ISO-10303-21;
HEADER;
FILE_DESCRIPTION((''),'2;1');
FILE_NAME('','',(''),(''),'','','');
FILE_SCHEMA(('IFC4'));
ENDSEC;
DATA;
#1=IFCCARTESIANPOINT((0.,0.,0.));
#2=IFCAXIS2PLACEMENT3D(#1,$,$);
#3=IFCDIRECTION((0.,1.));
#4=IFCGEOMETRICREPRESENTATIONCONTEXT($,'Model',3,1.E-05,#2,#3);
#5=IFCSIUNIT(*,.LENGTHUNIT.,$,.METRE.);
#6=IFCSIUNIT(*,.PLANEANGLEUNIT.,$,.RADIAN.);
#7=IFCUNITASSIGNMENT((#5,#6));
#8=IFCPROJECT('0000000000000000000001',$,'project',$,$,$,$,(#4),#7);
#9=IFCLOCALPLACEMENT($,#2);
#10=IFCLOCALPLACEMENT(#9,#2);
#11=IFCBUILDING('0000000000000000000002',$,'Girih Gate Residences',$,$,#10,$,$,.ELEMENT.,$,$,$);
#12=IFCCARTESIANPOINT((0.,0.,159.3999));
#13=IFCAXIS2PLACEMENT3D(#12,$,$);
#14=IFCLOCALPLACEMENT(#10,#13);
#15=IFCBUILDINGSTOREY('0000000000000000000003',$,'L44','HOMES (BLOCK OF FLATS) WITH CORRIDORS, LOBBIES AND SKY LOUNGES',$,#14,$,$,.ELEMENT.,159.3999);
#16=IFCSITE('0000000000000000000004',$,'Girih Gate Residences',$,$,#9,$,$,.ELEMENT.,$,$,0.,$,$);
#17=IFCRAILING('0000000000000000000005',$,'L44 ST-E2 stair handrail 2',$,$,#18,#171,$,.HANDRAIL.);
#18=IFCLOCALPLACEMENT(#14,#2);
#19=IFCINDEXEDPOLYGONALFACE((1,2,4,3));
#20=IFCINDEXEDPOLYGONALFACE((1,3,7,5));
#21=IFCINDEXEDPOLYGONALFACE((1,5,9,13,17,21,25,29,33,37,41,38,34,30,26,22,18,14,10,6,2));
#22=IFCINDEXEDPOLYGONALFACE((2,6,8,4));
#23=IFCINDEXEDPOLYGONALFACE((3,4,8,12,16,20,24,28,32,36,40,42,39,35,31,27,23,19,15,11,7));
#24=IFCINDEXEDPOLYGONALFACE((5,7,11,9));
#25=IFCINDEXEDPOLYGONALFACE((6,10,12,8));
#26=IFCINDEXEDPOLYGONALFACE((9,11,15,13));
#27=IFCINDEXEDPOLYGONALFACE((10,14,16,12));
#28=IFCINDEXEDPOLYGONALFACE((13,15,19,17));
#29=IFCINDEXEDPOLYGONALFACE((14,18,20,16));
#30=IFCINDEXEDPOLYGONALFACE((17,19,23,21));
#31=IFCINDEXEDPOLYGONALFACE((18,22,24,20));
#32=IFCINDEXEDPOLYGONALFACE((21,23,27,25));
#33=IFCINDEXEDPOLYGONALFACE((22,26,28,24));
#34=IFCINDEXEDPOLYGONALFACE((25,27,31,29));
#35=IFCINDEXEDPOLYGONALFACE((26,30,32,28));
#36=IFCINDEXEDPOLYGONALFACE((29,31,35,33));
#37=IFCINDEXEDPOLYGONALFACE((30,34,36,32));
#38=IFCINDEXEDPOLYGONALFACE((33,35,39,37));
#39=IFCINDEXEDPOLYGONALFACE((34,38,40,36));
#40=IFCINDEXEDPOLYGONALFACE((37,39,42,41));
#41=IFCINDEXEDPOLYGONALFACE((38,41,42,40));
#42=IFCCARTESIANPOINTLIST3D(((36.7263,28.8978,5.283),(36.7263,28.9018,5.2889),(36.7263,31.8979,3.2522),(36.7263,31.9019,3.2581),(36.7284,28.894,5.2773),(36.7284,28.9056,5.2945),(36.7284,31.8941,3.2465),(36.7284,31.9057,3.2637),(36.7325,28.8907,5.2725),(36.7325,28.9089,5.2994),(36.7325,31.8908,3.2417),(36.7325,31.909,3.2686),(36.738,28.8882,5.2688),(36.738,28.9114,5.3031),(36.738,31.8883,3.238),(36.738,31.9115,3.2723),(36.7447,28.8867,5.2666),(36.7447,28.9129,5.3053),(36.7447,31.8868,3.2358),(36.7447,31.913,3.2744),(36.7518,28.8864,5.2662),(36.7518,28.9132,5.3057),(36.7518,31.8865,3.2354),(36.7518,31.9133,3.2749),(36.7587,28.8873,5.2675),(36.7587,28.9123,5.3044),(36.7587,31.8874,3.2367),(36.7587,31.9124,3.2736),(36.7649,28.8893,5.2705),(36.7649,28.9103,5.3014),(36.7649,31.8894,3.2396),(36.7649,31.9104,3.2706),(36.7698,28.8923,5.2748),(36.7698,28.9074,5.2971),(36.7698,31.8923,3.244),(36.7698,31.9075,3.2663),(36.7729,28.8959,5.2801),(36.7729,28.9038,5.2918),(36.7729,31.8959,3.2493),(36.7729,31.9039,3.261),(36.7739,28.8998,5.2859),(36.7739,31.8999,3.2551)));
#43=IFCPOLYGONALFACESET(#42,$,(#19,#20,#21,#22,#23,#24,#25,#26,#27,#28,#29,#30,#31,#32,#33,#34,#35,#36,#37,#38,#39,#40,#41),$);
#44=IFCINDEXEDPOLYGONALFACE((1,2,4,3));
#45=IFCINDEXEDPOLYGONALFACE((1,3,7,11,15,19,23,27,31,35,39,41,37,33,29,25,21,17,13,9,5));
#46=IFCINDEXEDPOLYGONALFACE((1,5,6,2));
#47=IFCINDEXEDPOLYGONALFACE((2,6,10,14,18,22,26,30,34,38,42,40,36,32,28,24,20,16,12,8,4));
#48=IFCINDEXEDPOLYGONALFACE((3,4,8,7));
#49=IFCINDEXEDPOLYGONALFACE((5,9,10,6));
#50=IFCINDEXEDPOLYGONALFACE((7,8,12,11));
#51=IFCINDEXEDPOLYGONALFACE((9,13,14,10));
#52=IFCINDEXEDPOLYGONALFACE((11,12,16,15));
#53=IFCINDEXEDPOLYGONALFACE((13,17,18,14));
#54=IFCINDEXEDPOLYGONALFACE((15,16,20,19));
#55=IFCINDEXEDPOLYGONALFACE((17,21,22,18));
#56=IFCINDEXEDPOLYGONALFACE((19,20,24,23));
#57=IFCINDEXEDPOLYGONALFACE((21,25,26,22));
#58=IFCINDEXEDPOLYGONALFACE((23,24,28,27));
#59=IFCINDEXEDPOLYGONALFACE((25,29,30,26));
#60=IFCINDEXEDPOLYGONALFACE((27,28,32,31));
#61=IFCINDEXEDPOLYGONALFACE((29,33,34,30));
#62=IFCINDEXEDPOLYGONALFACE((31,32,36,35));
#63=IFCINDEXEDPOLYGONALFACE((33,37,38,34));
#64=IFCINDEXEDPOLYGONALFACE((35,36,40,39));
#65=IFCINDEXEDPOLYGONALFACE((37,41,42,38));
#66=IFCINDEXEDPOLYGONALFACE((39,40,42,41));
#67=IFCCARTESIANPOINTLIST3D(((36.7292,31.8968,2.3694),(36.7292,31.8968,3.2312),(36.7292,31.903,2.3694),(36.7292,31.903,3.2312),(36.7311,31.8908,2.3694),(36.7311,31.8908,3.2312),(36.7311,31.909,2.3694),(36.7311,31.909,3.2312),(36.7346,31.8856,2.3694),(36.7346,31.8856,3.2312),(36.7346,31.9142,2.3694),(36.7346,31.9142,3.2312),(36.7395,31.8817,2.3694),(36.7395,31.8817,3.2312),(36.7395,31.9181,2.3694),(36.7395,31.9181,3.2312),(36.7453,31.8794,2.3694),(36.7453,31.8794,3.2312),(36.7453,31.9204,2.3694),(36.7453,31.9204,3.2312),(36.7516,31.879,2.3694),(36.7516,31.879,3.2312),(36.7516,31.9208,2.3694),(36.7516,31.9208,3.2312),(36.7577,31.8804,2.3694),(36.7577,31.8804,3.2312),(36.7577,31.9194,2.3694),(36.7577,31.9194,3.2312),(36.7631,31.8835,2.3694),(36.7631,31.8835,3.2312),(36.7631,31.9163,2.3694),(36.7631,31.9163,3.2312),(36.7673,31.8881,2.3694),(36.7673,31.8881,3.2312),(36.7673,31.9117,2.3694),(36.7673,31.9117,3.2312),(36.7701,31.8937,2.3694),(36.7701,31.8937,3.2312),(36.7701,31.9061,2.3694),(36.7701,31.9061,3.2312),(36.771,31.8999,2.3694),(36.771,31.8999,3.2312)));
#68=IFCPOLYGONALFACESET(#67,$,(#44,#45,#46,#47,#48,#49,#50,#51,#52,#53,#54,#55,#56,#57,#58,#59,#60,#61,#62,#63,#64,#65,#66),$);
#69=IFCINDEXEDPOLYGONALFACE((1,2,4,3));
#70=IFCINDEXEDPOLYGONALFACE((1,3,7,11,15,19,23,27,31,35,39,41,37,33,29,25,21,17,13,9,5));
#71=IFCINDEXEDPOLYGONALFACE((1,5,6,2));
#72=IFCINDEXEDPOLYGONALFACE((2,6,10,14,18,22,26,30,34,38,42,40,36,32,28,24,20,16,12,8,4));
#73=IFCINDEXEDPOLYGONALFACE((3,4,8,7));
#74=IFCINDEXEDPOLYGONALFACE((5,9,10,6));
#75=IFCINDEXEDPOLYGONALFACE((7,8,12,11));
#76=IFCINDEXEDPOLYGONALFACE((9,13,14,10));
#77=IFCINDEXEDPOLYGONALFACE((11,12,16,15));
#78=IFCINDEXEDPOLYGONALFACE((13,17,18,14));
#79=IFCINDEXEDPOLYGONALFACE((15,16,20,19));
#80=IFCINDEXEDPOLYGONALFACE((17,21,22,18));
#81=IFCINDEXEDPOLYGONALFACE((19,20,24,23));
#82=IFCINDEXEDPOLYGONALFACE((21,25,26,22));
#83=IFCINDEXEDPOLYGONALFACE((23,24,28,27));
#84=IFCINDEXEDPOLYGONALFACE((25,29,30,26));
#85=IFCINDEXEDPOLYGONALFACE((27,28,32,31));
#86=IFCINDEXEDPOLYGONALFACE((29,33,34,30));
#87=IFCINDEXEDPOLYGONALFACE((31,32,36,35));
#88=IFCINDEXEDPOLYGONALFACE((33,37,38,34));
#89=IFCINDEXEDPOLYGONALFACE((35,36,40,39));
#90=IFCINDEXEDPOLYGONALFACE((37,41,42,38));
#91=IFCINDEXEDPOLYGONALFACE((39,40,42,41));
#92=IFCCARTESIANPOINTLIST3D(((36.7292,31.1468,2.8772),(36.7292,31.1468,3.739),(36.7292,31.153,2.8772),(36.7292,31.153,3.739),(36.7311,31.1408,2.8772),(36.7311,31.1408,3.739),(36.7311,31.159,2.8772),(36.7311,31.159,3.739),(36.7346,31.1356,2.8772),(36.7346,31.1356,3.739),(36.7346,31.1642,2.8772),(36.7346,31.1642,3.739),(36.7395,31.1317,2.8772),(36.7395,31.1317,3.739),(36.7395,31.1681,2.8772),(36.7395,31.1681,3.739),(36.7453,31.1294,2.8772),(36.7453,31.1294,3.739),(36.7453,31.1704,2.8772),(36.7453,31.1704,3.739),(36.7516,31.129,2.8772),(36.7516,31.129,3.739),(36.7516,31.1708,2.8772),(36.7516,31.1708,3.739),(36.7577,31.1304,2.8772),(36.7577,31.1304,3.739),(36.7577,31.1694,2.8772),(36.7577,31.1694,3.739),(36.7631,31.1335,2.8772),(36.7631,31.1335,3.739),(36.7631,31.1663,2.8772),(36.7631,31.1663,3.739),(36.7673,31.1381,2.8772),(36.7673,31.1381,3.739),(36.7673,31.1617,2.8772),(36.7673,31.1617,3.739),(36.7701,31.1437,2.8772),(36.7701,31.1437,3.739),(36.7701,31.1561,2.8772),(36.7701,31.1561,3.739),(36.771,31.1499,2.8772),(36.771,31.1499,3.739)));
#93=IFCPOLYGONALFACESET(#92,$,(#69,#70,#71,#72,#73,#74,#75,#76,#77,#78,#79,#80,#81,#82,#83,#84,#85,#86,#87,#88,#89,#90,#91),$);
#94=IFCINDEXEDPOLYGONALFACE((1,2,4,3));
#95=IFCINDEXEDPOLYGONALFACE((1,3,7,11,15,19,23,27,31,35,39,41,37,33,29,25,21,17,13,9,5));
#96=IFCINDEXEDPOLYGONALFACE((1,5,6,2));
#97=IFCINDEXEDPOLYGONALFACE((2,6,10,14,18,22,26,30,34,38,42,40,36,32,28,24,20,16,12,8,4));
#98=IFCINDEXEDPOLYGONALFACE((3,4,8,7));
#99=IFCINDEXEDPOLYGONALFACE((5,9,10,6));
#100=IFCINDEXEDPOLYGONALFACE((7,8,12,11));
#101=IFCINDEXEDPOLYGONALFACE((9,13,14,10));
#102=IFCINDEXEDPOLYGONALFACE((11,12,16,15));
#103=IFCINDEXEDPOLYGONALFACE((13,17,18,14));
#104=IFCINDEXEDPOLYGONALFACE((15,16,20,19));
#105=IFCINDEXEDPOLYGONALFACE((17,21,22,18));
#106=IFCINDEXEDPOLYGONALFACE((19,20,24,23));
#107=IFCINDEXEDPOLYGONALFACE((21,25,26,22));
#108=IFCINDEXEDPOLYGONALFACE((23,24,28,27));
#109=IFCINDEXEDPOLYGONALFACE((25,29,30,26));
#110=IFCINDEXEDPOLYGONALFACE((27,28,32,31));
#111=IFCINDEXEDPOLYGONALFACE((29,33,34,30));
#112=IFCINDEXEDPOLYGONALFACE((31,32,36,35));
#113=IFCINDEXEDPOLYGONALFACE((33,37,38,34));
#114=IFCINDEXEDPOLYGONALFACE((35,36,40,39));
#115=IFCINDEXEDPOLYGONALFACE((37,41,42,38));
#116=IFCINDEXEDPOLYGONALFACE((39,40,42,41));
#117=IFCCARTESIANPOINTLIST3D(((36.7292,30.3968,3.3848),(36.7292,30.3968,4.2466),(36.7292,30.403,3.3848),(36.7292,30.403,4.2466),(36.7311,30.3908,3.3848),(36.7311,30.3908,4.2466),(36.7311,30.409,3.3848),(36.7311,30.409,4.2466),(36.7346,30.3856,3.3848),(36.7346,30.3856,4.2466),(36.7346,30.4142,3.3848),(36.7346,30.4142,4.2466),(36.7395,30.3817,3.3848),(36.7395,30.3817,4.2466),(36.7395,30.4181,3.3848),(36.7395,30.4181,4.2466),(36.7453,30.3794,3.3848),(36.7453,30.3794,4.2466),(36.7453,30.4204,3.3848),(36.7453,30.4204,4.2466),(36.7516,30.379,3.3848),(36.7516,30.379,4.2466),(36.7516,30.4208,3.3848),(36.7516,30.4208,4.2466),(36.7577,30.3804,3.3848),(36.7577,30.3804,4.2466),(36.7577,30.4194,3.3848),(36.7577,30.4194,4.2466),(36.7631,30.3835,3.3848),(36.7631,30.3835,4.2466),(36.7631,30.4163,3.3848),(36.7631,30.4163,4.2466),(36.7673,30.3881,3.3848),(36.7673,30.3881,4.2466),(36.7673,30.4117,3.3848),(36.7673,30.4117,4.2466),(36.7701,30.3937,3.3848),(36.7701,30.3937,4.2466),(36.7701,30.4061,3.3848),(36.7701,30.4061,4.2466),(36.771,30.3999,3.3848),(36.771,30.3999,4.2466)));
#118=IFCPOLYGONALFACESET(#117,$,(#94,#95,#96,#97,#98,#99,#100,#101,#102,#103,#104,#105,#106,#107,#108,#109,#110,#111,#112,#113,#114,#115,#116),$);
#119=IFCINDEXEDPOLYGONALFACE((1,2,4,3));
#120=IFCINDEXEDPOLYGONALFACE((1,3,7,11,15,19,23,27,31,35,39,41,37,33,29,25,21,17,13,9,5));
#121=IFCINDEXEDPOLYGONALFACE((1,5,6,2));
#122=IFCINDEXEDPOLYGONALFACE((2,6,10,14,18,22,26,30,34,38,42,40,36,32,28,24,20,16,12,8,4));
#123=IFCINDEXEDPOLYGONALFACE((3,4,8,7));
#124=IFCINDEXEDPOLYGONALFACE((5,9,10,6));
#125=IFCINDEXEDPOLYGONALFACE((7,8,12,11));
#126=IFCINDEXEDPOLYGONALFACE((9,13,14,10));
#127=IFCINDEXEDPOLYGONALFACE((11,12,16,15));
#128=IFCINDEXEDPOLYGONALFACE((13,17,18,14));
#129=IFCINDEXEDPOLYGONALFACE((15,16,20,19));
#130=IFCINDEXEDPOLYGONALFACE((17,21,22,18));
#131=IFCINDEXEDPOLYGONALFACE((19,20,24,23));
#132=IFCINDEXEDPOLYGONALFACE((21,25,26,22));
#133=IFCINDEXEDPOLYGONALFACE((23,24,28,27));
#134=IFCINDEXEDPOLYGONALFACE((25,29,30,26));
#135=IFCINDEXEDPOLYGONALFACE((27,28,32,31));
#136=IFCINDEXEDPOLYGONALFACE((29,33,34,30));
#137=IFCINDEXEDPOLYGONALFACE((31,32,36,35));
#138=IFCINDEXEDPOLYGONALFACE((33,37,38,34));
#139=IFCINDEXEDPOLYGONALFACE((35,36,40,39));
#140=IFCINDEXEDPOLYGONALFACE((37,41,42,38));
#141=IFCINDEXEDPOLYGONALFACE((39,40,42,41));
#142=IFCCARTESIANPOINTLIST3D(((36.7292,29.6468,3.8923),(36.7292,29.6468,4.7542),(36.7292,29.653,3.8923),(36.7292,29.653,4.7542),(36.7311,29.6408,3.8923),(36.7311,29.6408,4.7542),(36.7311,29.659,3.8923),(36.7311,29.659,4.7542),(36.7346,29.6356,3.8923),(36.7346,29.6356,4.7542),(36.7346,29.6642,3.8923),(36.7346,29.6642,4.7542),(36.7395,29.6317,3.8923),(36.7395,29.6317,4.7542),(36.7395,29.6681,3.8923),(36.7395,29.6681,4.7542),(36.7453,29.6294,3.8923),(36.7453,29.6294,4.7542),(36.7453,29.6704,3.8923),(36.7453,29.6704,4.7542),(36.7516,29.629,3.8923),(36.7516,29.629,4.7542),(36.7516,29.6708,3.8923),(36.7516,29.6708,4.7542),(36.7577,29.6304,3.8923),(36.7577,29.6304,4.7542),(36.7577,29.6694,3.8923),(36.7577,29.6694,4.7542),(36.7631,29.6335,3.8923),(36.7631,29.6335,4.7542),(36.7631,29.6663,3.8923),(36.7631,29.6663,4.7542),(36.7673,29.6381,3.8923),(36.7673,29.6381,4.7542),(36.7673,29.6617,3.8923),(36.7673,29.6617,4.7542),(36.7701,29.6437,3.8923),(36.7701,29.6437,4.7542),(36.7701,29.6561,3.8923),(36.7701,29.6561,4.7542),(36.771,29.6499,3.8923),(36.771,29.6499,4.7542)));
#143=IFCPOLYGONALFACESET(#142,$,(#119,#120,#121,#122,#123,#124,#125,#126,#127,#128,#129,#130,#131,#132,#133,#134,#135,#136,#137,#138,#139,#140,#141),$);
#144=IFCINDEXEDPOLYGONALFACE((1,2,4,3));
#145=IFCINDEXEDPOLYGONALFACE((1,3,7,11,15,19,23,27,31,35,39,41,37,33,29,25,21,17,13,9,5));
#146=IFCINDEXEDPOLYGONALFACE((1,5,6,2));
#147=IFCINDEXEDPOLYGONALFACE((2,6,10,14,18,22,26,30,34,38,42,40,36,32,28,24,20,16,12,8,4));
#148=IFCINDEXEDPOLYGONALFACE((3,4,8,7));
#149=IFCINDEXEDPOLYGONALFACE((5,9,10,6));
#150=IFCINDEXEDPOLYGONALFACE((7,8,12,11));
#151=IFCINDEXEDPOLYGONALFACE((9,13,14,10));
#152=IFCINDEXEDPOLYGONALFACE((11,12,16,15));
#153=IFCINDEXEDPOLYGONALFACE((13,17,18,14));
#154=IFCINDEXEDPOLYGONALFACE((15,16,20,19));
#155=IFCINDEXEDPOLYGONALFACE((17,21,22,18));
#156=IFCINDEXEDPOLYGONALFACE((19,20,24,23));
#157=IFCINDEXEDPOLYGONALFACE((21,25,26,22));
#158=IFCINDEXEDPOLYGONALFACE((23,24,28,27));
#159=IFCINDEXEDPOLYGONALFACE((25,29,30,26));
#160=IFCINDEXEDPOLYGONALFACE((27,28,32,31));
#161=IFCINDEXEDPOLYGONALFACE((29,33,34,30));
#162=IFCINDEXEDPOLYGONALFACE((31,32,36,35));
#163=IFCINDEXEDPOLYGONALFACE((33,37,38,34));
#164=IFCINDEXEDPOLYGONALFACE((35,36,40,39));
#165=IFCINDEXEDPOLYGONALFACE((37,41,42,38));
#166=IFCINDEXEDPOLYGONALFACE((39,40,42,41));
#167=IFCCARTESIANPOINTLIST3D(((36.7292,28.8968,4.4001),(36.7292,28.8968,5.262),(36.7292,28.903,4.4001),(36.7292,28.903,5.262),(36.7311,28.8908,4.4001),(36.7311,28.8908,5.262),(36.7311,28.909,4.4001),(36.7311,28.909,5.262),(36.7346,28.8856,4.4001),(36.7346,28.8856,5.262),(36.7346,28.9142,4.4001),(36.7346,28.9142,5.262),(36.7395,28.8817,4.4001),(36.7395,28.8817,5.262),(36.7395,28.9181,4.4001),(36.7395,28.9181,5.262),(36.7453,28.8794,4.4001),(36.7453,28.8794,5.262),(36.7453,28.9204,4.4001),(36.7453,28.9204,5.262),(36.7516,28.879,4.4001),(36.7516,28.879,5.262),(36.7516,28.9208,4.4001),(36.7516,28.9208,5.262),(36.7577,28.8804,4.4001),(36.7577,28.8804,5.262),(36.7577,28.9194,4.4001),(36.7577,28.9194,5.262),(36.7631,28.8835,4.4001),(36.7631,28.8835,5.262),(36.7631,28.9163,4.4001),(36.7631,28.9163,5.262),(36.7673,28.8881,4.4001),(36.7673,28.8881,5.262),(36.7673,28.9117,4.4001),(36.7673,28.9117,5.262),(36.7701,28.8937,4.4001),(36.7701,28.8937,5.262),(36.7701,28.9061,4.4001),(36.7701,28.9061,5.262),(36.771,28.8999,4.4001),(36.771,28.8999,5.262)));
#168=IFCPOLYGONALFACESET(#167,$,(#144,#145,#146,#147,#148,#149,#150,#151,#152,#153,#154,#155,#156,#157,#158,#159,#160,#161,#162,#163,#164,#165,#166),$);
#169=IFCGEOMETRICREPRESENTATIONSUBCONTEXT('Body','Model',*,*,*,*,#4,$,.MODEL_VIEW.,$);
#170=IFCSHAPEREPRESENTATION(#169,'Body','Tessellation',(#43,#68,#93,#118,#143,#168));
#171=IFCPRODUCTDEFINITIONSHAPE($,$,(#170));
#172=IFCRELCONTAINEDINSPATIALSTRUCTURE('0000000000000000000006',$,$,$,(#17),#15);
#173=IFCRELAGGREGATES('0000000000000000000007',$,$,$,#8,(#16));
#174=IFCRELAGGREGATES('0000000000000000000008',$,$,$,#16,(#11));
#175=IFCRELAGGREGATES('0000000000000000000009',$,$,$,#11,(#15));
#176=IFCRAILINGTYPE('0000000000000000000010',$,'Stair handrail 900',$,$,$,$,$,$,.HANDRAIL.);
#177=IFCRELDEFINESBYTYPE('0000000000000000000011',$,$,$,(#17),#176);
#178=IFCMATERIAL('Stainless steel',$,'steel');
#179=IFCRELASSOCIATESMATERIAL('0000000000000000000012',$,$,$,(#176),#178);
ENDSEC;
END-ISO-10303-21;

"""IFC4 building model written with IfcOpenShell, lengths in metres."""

from ifc_helpers import new_model, si_unit, direction, frame, origin, origin_2d, place, context, subcontext, project, spatial, circle, extrude, material, type_object, element, save


model = new_model("IFC4")

# Units and contexts
model_context = context("Model", 3, precision=1e-05, world=origin(), true_north=direction((0.0, 1.0)))
body_context = subcontext(model_context, "Body", "Model", "MODEL_VIEW")
ifc_project = project(units=[si_unit("LENGTHUNIT", "METRE"), si_unit("PLANEANGLEUNIT", "RADIAN")], contexts=[model_context])

# Site, building, storey
site_placement = place(None, origin())
site = spatial("IfcSite", under=ifc_project, at=site_placement, Name="Girih Gate Residences", CompositionType="ELEMENT", RefElevation=0.0)
building_placement = place(site_placement, origin())
building = spatial("IfcBuilding", under=site, at=building_placement, Name="Girih Gate Residences", CompositionType="ELEMENT")
storey_placement = place(building_placement, frame((0.0, 0.0, 159.3999)))
storey = spatial("IfcBuildingStorey", under=building, at=storey_placement, Name="L44", Description="HOMES (BLOCK OF FLATS) WITH CORRIDORS, LOBBIES AND SKY LOUNGES", CompositionType="ELEMENT", Elevation=159.3999)

# Shared definitions
ifc_material_1 = material(Name="Stainless steel", Category="steel")

# Railing
railing_type_1 = type_object("IfcRailingType", Name="Stair handrail 900", PredefinedType="HANDRAIL", material=ifc_material_1)
railing_1_placement = place(storey_placement, frame((36.75, 31.8999, 2.3694)))
element("IfcRailing", 1, at=railing_1_placement, inside=storey, type_object=railing_type_1, Name="L44 ST-E2 stair handrail 2", PredefinedType="HANDRAIL", context=body_context, shape_type="SweptSolid", body=[
    extrude(circle(Radius=0.0239, at=origin_2d()), frame((0.0, 0.0, 0.8857), z_axis=(0.0, -0.82811, 0.560565), x_axis=(1.0, 0.0, 0.0)), (0.0, 0.0, 1.0), 3.6228),
    extrude(circle(Radius=0.021, at=origin_2d()), origin(), (0.0, 0.0, 1.0), 0.8618),
    extrude(circle(Radius=0.021, at=origin_2d()), frame((0.0, -0.75, 0.5078)), (0.0, 0.0, 1.0), 0.8618),
    extrude(circle(Radius=0.021, at=origin_2d()), frame((0.0, -1.5, 1.0154)), (0.0, 0.0, 1.0), 0.8618),
    extrude(circle(Radius=0.021, at=origin_2d()), frame((0.0, -2.25, 1.5229)), (0.0, 0.0, 1.0), 0.8618),
    extrude(circle(Radius=0.021, at=origin_2d()), frame((0.0, -3.0, 2.0308)), (0.0, 0.0, 1.0), 0.8618),
])

save(model, "model.ifc")
